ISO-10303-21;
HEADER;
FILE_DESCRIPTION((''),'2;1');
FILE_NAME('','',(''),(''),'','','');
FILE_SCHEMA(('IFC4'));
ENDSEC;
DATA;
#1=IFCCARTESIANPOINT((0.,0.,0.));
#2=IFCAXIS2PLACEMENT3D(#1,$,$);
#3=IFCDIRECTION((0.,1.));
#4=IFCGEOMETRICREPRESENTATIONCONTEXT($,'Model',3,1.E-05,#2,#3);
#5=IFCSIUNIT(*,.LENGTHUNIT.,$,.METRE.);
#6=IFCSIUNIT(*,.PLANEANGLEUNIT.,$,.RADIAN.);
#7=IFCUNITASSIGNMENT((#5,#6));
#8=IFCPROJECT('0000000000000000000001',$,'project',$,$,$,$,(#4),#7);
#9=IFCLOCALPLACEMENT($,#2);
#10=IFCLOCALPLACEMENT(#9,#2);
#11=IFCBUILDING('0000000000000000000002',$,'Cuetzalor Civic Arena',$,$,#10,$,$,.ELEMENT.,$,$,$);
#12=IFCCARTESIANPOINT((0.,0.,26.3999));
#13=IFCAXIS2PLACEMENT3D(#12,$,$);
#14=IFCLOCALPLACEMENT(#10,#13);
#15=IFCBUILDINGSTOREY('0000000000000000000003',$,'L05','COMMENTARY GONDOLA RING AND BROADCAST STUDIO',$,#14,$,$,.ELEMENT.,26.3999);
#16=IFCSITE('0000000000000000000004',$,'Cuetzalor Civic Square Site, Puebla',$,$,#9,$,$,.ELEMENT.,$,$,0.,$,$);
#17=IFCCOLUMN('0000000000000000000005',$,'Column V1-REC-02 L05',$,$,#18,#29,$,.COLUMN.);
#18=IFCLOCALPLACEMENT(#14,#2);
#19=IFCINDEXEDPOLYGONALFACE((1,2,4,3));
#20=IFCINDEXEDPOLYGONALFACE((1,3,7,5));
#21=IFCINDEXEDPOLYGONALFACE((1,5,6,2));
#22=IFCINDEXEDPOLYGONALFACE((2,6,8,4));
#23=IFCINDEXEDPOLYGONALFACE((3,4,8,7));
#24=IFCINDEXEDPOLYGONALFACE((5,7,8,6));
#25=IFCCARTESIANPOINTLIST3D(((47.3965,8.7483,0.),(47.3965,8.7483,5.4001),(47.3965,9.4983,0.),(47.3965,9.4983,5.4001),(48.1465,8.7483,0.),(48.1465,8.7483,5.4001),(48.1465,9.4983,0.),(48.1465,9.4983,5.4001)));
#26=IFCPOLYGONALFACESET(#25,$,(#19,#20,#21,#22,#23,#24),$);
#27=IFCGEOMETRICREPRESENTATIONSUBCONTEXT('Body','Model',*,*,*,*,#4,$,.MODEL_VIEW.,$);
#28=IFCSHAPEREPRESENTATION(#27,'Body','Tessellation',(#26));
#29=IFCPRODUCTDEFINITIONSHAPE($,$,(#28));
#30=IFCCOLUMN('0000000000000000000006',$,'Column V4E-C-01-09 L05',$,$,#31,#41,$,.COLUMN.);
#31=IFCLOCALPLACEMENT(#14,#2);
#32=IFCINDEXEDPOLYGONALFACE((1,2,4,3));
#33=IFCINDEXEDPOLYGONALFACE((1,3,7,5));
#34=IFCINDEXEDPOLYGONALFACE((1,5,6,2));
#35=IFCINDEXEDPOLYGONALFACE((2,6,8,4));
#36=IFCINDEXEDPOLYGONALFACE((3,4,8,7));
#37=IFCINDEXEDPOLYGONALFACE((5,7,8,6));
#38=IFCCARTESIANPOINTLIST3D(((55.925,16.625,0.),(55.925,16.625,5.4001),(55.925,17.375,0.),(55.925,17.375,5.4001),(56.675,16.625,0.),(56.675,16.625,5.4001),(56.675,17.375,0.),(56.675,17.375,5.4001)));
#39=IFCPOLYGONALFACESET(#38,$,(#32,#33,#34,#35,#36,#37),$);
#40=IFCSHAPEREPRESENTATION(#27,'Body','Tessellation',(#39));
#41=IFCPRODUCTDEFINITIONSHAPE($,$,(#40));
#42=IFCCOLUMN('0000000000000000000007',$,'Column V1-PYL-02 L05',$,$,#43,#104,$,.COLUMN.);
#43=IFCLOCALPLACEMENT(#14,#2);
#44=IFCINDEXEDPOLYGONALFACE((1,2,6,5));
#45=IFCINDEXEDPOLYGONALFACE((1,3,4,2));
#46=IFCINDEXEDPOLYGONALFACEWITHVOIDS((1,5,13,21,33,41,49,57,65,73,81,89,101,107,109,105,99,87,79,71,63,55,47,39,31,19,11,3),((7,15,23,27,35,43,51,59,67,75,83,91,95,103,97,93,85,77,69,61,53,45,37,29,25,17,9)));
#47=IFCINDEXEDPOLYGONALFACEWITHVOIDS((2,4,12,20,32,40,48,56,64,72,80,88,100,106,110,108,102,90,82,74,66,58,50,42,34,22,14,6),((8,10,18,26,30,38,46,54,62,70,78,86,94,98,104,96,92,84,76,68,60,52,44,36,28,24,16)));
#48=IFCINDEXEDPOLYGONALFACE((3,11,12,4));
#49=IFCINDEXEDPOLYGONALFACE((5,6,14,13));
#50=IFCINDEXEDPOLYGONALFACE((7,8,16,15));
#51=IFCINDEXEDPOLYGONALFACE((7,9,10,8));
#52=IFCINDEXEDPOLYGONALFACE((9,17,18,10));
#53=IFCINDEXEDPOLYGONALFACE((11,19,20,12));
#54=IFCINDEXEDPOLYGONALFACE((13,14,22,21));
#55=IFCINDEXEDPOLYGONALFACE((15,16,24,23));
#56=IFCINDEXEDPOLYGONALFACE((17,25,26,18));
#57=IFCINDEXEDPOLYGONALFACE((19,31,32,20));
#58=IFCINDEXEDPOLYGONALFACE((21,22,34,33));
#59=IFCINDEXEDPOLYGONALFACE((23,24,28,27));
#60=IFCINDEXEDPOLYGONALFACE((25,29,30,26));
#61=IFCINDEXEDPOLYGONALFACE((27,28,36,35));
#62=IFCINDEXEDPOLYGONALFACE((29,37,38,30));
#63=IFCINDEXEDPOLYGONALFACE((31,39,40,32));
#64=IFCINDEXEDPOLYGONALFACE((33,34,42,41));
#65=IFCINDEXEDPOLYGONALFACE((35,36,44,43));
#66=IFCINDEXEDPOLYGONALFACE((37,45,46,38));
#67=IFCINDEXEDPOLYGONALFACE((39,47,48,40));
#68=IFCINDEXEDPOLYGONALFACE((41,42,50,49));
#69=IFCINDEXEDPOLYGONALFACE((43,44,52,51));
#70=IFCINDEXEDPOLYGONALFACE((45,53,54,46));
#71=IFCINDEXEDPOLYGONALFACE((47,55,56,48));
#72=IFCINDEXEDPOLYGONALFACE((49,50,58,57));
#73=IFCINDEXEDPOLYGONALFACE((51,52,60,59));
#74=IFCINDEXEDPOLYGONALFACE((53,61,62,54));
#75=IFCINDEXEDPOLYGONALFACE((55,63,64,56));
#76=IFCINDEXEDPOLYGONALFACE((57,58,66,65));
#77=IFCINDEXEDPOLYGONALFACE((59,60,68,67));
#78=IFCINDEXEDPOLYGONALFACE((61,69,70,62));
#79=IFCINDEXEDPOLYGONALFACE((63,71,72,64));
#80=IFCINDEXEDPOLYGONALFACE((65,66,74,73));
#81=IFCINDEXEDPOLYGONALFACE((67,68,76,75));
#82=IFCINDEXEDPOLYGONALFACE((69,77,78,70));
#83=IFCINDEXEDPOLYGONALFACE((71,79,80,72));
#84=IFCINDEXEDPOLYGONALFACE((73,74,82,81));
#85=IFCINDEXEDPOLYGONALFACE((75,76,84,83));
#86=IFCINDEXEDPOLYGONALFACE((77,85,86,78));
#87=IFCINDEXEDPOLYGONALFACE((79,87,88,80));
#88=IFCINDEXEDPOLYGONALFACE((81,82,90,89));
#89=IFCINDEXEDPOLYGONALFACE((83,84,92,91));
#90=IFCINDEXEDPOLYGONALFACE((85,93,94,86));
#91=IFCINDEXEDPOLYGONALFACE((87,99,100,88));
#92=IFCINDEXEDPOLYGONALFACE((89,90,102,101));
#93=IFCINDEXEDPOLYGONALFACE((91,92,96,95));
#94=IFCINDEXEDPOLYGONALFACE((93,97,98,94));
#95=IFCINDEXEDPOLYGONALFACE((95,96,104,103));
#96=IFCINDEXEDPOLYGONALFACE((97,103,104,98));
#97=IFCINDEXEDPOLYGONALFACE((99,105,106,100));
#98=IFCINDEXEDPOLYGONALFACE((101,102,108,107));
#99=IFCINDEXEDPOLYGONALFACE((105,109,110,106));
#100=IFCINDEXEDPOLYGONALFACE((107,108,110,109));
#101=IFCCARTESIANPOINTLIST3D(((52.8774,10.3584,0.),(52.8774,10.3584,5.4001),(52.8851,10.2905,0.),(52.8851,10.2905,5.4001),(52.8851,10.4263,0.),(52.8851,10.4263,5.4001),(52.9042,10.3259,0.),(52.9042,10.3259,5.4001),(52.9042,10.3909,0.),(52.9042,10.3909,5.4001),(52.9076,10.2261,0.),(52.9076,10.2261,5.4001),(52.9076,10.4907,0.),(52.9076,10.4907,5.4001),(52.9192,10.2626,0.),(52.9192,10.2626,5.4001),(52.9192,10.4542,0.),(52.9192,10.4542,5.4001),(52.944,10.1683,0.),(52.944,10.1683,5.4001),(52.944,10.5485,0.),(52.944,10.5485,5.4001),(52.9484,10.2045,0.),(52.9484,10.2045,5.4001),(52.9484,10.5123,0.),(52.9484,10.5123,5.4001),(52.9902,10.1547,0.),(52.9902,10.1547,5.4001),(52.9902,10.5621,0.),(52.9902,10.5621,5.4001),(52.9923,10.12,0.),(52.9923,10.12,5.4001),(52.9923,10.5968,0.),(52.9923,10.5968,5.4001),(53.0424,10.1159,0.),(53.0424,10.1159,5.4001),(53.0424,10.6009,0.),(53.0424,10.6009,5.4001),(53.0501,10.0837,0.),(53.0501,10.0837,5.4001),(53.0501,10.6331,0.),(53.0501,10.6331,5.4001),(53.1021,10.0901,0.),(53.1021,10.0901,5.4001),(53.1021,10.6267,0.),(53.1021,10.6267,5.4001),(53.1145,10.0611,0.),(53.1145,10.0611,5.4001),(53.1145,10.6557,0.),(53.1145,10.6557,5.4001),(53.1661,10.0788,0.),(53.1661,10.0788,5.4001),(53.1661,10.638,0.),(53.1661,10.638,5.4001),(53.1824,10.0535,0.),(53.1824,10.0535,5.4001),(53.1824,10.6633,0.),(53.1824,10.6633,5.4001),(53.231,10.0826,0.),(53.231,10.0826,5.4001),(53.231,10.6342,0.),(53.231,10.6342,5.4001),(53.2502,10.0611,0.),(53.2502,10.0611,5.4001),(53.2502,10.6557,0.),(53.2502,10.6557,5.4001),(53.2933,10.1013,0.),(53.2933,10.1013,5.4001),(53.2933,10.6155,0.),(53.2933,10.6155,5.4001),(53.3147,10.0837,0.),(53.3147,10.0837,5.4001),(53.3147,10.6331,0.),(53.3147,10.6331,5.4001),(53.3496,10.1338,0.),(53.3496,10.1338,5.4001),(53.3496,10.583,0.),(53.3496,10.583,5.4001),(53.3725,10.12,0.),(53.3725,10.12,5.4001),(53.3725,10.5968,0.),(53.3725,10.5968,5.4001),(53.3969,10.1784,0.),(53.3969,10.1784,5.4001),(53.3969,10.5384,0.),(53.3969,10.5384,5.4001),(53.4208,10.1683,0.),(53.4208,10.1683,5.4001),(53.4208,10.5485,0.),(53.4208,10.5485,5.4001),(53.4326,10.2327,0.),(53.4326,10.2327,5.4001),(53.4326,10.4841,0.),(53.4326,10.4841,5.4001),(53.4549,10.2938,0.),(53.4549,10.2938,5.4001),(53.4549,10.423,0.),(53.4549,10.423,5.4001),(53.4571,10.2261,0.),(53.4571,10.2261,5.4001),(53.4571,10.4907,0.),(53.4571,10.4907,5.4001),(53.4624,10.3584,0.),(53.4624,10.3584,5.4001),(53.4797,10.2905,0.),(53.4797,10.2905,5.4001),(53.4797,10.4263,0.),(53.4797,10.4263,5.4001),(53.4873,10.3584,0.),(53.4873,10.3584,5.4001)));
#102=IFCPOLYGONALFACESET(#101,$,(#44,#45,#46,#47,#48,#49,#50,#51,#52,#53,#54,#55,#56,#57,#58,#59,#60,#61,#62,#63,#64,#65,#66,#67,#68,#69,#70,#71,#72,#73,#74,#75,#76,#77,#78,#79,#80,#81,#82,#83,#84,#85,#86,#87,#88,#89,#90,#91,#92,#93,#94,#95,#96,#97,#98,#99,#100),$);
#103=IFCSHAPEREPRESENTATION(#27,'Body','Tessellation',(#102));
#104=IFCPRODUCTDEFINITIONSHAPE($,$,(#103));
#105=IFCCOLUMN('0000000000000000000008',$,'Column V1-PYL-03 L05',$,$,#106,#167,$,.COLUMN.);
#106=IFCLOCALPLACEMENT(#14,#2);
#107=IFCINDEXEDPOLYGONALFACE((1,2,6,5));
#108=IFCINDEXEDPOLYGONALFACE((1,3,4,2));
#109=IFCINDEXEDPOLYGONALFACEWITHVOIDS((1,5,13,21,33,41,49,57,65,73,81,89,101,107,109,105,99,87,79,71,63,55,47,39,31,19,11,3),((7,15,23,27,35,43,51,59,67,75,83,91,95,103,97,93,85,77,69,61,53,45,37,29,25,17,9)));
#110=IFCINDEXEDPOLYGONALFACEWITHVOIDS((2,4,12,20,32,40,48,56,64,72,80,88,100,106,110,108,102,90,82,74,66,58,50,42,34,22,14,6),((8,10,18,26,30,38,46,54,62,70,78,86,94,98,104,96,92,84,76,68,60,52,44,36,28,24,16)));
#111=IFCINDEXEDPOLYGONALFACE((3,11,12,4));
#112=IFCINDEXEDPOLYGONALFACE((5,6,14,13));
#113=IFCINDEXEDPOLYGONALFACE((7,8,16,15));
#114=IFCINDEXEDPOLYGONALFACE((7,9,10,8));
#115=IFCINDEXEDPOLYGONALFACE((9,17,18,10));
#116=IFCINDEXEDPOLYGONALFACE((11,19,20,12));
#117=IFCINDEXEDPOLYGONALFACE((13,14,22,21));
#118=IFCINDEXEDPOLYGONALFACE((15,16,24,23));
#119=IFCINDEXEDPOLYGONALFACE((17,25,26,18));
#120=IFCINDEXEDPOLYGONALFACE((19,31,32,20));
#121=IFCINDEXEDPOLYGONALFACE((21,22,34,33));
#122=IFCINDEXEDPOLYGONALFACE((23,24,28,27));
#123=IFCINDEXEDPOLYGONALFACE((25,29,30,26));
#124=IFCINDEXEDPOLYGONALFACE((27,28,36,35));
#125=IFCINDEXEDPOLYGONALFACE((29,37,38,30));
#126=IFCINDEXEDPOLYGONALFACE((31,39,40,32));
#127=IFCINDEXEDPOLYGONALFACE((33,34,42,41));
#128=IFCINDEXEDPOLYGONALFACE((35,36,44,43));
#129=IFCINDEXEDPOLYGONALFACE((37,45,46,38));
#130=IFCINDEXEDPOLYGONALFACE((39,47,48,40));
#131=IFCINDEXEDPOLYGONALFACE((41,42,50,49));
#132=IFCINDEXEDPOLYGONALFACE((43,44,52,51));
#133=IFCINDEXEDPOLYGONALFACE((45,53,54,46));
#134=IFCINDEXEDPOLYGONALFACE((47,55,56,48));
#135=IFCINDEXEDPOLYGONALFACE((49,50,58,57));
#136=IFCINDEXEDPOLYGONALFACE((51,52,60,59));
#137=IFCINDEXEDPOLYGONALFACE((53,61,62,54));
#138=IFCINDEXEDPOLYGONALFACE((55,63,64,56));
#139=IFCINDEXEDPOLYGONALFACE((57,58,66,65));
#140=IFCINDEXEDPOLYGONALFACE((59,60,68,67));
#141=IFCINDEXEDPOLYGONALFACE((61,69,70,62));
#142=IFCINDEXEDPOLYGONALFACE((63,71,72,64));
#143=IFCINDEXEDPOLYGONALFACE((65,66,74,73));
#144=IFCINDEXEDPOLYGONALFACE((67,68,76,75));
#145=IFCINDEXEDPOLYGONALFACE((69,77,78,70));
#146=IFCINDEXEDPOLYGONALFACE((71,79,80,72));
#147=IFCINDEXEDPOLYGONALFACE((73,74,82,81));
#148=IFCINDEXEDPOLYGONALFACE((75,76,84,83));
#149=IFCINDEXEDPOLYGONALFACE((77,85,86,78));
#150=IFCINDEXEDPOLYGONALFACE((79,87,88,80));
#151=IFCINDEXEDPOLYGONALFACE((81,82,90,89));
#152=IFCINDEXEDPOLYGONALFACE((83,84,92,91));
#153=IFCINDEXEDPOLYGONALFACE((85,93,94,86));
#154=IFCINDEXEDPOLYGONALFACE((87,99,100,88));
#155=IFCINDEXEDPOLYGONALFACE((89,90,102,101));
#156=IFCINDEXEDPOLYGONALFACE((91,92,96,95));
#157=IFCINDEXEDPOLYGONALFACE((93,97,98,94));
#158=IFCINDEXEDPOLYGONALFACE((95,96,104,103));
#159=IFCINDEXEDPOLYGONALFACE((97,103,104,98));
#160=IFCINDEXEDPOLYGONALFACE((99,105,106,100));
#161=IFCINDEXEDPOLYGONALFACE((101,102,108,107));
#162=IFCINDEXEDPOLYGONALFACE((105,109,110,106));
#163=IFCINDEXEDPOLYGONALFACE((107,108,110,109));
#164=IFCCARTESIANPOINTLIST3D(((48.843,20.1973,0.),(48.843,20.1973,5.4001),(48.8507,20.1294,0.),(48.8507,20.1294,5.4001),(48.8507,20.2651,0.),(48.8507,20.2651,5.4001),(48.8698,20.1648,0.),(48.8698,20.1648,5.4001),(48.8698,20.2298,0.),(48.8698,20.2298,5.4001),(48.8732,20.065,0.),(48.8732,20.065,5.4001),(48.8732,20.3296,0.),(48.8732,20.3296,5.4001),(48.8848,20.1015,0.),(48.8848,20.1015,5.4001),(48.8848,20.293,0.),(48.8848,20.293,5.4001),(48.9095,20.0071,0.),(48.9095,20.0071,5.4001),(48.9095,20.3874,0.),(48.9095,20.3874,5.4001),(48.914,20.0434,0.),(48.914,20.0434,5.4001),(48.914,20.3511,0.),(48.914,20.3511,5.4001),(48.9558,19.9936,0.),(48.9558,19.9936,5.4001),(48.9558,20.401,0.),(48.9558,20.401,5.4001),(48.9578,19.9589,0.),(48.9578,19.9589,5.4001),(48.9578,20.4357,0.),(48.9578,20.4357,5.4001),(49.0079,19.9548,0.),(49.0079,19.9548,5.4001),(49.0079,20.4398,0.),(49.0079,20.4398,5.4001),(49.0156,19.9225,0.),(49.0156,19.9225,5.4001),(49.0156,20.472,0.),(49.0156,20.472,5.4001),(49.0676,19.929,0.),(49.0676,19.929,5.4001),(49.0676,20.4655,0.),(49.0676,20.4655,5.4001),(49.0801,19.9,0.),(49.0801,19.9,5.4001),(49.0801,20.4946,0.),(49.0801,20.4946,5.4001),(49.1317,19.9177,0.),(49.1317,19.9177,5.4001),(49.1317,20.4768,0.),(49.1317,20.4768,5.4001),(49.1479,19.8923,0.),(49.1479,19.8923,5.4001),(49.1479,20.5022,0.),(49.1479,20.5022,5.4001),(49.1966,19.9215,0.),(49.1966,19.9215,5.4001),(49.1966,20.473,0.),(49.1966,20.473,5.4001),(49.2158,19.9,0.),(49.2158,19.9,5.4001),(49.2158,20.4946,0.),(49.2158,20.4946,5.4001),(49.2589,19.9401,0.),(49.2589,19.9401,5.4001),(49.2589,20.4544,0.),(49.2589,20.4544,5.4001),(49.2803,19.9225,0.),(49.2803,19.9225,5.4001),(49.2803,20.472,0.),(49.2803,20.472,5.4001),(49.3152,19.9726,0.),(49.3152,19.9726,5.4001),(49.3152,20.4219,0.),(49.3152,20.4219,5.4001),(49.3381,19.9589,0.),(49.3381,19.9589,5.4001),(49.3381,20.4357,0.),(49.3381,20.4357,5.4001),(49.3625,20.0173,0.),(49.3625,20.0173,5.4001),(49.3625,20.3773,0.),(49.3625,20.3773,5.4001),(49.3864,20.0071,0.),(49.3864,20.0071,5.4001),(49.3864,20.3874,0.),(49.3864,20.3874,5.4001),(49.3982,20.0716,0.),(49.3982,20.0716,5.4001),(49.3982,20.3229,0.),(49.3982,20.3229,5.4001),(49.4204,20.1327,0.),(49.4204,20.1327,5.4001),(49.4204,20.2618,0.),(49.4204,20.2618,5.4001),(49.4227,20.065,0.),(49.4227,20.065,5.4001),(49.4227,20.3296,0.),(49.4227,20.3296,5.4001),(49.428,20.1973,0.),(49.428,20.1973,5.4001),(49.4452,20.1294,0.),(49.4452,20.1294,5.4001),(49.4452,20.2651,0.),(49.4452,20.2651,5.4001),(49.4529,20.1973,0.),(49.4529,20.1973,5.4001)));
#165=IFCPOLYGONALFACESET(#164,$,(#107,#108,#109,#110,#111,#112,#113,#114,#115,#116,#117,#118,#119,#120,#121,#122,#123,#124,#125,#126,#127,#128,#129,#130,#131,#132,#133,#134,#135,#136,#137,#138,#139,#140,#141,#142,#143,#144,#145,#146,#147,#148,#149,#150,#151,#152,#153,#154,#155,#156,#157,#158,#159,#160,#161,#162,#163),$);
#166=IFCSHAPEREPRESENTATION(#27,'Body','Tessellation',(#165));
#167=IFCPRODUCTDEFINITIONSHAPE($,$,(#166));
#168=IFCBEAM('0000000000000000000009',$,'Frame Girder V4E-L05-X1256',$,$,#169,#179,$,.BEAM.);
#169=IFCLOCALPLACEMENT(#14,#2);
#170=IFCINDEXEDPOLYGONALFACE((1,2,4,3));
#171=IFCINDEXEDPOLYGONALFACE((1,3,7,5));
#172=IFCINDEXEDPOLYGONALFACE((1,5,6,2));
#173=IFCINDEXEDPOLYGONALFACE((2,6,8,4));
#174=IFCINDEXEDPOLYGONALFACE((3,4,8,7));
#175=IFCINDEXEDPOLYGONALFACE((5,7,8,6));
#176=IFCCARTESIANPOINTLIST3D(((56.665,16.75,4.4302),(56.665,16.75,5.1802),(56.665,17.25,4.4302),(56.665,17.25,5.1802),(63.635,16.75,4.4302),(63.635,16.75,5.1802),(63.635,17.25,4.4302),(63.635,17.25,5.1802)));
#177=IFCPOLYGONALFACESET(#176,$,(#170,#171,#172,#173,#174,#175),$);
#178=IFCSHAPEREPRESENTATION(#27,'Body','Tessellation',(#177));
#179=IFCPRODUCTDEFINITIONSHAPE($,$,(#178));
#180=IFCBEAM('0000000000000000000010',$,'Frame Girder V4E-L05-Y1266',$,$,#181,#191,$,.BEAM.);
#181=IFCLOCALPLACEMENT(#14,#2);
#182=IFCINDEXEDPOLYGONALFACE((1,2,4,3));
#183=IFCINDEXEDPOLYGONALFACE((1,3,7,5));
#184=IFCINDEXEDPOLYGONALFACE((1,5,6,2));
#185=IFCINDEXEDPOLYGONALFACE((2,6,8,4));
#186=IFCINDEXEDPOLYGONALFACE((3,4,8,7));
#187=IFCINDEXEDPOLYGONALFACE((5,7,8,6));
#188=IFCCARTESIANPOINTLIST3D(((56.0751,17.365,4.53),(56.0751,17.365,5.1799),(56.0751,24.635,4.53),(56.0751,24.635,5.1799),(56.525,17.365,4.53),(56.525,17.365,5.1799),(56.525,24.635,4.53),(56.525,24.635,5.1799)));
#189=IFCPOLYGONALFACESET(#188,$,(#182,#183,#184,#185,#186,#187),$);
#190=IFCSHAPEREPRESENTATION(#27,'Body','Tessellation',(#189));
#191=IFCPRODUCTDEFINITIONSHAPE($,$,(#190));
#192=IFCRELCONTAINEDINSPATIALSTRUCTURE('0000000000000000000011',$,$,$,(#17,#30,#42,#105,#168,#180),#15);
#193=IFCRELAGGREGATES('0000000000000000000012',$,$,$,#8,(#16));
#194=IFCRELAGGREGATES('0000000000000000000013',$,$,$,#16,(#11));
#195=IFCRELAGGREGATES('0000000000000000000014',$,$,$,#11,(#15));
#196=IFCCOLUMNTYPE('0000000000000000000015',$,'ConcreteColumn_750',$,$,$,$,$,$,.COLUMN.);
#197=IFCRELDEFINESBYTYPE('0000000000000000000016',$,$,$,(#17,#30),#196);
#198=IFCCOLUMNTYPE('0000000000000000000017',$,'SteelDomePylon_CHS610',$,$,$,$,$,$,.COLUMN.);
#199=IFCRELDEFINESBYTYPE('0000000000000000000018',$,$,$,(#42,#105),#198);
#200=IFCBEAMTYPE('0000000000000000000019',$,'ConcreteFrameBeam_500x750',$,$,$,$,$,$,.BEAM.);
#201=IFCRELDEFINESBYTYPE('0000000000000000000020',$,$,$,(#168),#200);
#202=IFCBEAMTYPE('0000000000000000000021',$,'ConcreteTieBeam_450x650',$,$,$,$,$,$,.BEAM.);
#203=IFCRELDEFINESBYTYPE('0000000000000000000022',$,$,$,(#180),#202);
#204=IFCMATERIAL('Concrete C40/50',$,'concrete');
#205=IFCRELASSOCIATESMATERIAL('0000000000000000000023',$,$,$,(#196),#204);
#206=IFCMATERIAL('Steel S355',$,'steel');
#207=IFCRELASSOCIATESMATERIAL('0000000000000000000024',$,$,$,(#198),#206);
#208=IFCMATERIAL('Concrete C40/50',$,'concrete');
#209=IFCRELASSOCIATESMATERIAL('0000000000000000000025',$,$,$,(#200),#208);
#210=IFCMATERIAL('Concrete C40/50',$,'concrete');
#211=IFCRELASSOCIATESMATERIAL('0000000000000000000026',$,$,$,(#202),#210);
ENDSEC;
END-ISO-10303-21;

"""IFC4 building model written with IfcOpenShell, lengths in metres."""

from ifc_helpers import new_model, si_unit, direction, frame, origin, origin_2d, place, context, subcontext, project, spatial, rectangle, hollow_circle, extrude, material, material_profile, profile_set, type_object, element, save


model = new_model("IFC4")

# Units and contexts
model_context = context("Model", 3, precision=1e-05, world=origin(), true_north=direction((0.0, 1.0)))
body_context = subcontext(model_context, "Body", "Model", "MODEL_VIEW")
ifc_project = project(units=[si_unit("LENGTHUNIT", "METRE"), si_unit("PLANEANGLEUNIT", "RADIAN")], contexts=[model_context])

# Site, building, storey
site_placement = place(None, origin())
site = spatial("IfcSite", under=ifc_project, at=site_placement, Name="Cuetzalor Civic Square Site, Puebla", CompositionType="ELEMENT", RefElevation=0.0)
building_placement = place(site_placement, origin())
building = spatial("IfcBuilding", under=site, at=building_placement, Name="Cuetzalor Civic Arena", CompositionType="ELEMENT")
storey_placement = place(building_placement, frame((0.0, 0.0, 26.3999)))
storey = spatial("IfcBuildingStorey", under=building, at=storey_placement, Name="L05", Description="COMMENTARY GONDOLA RING AND BROADCAST STUDIO", CompositionType="ELEMENT", Elevation=26.3999)

# Columns
ifc_material_1 = material(Name="Concrete C40/50", Category="concrete")
ifc_material_profile_1 = material_profile(ifc_material_1, rectangle(XDim=0.75, YDim=0.75, at=origin_2d()), Name="RC 750x750")
ifc_profile_set_1 = profile_set([ifc_material_profile_1], Name="Concrete C40/50")
column_type_1 = type_object("IfcColumnType", Name="ConcreteColumn_750", PredefinedType="COLUMN", material=ifc_profile_set_1)
for number, where, z_axis, x_axis, name in (
    (1, (47.7715, 9.1233, 0.0), (0.0, 0.0, 1.0), (1.0, 0.0, 0.0), "Column V1-REC-02 L05"),
    (2, (56.3, 17.0, 0.0), (0.0, 0.0, 1.0), (1.0, 0.0, 0.0), "Column V4E-C-01-09 L05"),
):
    element("IfcColumn", number, at=place(storey_placement, frame(where, z_axis=z_axis, x_axis=x_axis)), inside=storey, type_object=column_type_1, Name=name, PredefinedType="COLUMN", context=body_context, shape_type="SweptSolid", body=[
        extrude(rectangle(XDim=0.75, YDim=0.75, at=origin_2d()), origin(), (0.0, 0.0, 1.0), 5.4001),
    ])
ifc_material_2 = material(Name="Steel S355", Category="steel")
ifc_material_profile_2 = material_profile(ifc_material_2, hollow_circle(Radius=0.3049, WallThickness=0.0249, at=origin_2d()), Name="CHS 610x25")
ifc_profile_set_2 = profile_set([ifc_material_profile_2], Name="Steel S355")
column_type_2 = type_object("IfcColumnType", Name="SteelDomePylon_CHS610", PredefinedType="COLUMN", material=ifc_profile_set_2)
for number, where, z_axis, x_axis, name in (
    (3, (53.1824, 10.3584, 0.0), (0.0, 0.0, 1.0), (1.0, 0.0, 0.0), "Column V1-PYL-02 L05"),
    (4, (49.1479, 20.1973, 0.0), (0.0, 0.0, 1.0), (1.0, 0.0, 0.0), "Column V1-PYL-03 L05"),
):
    element("IfcColumn", number, at=place(storey_placement, frame(where, z_axis=z_axis, x_axis=x_axis)), inside=storey, type_object=column_type_2, Name=name, PredefinedType="COLUMN", context=body_context, shape_type="SweptSolid", body=[
        extrude(hollow_circle(Radius=0.3049, WallThickness=0.0249, at=origin_2d()), origin(), (0.0, 0.0, 1.0), 5.4001),
    ])

# Beams
ifc_material_3 = material(Name="Concrete C40/50", Category="concrete")
ifc_material_profile_3 = material_profile(ifc_material_3, rectangle(XDim=0.5, YDim=0.75, at=origin_2d()), Name="RC 500x750")
ifc_profile_set_3 = profile_set([ifc_material_profile_3], Name="Concrete C40/50")
beam_type_1 = type_object("IfcBeamType", Name="ConcreteFrameBeam_500x750", PredefinedType="BEAM", material=ifc_profile_set_3)
beam_1_placement = place(storey_placement, frame((56.665, 17.0, 4.8052), z_axis=(1.0, 0.0, 0.0), x_axis=(0.0, 1.0, 0.0)))
element("IfcBeam", 5, at=beam_1_placement, inside=storey, type_object=beam_type_1, Name="Frame Girder V4E-L05-X1256", PredefinedType="BEAM", context=body_context, shape_type="SweptSolid", body=[
    extrude(rectangle(XDim=0.5, YDim=0.75, at=origin_2d()), origin(), (0.0, 0.0, 1.0), 6.97),
])
ifc_material_4 = material(Name="Concrete C40/50", Category="concrete")
ifc_material_profile_4 = material_profile(ifc_material_4, rectangle(XDim=0.45, YDim=0.6499, at=origin_2d()), Name="RC 450x650")
ifc_profile_set_4 = profile_set([ifc_material_profile_4], Name="Concrete C40/50")
beam_type_2 = type_object("IfcBeamType", Name="ConcreteTieBeam_450x650", PredefinedType="BEAM", material=ifc_profile_set_4)
beam_2_placement = place(storey_placement, frame((56.3, 17.365, 4.855), z_axis=(0.0, 1.0, 0.0), x_axis=(-1.0, 0.0, 0.0)))
element("IfcBeam", 6, at=beam_2_placement, inside=storey, type_object=beam_type_2, Name="Frame Girder V4E-L05-Y1266", PredefinedType="BEAM", context=body_context, shape_type="SweptSolid", body=[
    extrude(rectangle(XDim=0.45, YDim=0.6499, at=origin_2d()), origin(), (0.0, 0.0, 1.0), 7.27),
])

save(model, "model.ifc")
